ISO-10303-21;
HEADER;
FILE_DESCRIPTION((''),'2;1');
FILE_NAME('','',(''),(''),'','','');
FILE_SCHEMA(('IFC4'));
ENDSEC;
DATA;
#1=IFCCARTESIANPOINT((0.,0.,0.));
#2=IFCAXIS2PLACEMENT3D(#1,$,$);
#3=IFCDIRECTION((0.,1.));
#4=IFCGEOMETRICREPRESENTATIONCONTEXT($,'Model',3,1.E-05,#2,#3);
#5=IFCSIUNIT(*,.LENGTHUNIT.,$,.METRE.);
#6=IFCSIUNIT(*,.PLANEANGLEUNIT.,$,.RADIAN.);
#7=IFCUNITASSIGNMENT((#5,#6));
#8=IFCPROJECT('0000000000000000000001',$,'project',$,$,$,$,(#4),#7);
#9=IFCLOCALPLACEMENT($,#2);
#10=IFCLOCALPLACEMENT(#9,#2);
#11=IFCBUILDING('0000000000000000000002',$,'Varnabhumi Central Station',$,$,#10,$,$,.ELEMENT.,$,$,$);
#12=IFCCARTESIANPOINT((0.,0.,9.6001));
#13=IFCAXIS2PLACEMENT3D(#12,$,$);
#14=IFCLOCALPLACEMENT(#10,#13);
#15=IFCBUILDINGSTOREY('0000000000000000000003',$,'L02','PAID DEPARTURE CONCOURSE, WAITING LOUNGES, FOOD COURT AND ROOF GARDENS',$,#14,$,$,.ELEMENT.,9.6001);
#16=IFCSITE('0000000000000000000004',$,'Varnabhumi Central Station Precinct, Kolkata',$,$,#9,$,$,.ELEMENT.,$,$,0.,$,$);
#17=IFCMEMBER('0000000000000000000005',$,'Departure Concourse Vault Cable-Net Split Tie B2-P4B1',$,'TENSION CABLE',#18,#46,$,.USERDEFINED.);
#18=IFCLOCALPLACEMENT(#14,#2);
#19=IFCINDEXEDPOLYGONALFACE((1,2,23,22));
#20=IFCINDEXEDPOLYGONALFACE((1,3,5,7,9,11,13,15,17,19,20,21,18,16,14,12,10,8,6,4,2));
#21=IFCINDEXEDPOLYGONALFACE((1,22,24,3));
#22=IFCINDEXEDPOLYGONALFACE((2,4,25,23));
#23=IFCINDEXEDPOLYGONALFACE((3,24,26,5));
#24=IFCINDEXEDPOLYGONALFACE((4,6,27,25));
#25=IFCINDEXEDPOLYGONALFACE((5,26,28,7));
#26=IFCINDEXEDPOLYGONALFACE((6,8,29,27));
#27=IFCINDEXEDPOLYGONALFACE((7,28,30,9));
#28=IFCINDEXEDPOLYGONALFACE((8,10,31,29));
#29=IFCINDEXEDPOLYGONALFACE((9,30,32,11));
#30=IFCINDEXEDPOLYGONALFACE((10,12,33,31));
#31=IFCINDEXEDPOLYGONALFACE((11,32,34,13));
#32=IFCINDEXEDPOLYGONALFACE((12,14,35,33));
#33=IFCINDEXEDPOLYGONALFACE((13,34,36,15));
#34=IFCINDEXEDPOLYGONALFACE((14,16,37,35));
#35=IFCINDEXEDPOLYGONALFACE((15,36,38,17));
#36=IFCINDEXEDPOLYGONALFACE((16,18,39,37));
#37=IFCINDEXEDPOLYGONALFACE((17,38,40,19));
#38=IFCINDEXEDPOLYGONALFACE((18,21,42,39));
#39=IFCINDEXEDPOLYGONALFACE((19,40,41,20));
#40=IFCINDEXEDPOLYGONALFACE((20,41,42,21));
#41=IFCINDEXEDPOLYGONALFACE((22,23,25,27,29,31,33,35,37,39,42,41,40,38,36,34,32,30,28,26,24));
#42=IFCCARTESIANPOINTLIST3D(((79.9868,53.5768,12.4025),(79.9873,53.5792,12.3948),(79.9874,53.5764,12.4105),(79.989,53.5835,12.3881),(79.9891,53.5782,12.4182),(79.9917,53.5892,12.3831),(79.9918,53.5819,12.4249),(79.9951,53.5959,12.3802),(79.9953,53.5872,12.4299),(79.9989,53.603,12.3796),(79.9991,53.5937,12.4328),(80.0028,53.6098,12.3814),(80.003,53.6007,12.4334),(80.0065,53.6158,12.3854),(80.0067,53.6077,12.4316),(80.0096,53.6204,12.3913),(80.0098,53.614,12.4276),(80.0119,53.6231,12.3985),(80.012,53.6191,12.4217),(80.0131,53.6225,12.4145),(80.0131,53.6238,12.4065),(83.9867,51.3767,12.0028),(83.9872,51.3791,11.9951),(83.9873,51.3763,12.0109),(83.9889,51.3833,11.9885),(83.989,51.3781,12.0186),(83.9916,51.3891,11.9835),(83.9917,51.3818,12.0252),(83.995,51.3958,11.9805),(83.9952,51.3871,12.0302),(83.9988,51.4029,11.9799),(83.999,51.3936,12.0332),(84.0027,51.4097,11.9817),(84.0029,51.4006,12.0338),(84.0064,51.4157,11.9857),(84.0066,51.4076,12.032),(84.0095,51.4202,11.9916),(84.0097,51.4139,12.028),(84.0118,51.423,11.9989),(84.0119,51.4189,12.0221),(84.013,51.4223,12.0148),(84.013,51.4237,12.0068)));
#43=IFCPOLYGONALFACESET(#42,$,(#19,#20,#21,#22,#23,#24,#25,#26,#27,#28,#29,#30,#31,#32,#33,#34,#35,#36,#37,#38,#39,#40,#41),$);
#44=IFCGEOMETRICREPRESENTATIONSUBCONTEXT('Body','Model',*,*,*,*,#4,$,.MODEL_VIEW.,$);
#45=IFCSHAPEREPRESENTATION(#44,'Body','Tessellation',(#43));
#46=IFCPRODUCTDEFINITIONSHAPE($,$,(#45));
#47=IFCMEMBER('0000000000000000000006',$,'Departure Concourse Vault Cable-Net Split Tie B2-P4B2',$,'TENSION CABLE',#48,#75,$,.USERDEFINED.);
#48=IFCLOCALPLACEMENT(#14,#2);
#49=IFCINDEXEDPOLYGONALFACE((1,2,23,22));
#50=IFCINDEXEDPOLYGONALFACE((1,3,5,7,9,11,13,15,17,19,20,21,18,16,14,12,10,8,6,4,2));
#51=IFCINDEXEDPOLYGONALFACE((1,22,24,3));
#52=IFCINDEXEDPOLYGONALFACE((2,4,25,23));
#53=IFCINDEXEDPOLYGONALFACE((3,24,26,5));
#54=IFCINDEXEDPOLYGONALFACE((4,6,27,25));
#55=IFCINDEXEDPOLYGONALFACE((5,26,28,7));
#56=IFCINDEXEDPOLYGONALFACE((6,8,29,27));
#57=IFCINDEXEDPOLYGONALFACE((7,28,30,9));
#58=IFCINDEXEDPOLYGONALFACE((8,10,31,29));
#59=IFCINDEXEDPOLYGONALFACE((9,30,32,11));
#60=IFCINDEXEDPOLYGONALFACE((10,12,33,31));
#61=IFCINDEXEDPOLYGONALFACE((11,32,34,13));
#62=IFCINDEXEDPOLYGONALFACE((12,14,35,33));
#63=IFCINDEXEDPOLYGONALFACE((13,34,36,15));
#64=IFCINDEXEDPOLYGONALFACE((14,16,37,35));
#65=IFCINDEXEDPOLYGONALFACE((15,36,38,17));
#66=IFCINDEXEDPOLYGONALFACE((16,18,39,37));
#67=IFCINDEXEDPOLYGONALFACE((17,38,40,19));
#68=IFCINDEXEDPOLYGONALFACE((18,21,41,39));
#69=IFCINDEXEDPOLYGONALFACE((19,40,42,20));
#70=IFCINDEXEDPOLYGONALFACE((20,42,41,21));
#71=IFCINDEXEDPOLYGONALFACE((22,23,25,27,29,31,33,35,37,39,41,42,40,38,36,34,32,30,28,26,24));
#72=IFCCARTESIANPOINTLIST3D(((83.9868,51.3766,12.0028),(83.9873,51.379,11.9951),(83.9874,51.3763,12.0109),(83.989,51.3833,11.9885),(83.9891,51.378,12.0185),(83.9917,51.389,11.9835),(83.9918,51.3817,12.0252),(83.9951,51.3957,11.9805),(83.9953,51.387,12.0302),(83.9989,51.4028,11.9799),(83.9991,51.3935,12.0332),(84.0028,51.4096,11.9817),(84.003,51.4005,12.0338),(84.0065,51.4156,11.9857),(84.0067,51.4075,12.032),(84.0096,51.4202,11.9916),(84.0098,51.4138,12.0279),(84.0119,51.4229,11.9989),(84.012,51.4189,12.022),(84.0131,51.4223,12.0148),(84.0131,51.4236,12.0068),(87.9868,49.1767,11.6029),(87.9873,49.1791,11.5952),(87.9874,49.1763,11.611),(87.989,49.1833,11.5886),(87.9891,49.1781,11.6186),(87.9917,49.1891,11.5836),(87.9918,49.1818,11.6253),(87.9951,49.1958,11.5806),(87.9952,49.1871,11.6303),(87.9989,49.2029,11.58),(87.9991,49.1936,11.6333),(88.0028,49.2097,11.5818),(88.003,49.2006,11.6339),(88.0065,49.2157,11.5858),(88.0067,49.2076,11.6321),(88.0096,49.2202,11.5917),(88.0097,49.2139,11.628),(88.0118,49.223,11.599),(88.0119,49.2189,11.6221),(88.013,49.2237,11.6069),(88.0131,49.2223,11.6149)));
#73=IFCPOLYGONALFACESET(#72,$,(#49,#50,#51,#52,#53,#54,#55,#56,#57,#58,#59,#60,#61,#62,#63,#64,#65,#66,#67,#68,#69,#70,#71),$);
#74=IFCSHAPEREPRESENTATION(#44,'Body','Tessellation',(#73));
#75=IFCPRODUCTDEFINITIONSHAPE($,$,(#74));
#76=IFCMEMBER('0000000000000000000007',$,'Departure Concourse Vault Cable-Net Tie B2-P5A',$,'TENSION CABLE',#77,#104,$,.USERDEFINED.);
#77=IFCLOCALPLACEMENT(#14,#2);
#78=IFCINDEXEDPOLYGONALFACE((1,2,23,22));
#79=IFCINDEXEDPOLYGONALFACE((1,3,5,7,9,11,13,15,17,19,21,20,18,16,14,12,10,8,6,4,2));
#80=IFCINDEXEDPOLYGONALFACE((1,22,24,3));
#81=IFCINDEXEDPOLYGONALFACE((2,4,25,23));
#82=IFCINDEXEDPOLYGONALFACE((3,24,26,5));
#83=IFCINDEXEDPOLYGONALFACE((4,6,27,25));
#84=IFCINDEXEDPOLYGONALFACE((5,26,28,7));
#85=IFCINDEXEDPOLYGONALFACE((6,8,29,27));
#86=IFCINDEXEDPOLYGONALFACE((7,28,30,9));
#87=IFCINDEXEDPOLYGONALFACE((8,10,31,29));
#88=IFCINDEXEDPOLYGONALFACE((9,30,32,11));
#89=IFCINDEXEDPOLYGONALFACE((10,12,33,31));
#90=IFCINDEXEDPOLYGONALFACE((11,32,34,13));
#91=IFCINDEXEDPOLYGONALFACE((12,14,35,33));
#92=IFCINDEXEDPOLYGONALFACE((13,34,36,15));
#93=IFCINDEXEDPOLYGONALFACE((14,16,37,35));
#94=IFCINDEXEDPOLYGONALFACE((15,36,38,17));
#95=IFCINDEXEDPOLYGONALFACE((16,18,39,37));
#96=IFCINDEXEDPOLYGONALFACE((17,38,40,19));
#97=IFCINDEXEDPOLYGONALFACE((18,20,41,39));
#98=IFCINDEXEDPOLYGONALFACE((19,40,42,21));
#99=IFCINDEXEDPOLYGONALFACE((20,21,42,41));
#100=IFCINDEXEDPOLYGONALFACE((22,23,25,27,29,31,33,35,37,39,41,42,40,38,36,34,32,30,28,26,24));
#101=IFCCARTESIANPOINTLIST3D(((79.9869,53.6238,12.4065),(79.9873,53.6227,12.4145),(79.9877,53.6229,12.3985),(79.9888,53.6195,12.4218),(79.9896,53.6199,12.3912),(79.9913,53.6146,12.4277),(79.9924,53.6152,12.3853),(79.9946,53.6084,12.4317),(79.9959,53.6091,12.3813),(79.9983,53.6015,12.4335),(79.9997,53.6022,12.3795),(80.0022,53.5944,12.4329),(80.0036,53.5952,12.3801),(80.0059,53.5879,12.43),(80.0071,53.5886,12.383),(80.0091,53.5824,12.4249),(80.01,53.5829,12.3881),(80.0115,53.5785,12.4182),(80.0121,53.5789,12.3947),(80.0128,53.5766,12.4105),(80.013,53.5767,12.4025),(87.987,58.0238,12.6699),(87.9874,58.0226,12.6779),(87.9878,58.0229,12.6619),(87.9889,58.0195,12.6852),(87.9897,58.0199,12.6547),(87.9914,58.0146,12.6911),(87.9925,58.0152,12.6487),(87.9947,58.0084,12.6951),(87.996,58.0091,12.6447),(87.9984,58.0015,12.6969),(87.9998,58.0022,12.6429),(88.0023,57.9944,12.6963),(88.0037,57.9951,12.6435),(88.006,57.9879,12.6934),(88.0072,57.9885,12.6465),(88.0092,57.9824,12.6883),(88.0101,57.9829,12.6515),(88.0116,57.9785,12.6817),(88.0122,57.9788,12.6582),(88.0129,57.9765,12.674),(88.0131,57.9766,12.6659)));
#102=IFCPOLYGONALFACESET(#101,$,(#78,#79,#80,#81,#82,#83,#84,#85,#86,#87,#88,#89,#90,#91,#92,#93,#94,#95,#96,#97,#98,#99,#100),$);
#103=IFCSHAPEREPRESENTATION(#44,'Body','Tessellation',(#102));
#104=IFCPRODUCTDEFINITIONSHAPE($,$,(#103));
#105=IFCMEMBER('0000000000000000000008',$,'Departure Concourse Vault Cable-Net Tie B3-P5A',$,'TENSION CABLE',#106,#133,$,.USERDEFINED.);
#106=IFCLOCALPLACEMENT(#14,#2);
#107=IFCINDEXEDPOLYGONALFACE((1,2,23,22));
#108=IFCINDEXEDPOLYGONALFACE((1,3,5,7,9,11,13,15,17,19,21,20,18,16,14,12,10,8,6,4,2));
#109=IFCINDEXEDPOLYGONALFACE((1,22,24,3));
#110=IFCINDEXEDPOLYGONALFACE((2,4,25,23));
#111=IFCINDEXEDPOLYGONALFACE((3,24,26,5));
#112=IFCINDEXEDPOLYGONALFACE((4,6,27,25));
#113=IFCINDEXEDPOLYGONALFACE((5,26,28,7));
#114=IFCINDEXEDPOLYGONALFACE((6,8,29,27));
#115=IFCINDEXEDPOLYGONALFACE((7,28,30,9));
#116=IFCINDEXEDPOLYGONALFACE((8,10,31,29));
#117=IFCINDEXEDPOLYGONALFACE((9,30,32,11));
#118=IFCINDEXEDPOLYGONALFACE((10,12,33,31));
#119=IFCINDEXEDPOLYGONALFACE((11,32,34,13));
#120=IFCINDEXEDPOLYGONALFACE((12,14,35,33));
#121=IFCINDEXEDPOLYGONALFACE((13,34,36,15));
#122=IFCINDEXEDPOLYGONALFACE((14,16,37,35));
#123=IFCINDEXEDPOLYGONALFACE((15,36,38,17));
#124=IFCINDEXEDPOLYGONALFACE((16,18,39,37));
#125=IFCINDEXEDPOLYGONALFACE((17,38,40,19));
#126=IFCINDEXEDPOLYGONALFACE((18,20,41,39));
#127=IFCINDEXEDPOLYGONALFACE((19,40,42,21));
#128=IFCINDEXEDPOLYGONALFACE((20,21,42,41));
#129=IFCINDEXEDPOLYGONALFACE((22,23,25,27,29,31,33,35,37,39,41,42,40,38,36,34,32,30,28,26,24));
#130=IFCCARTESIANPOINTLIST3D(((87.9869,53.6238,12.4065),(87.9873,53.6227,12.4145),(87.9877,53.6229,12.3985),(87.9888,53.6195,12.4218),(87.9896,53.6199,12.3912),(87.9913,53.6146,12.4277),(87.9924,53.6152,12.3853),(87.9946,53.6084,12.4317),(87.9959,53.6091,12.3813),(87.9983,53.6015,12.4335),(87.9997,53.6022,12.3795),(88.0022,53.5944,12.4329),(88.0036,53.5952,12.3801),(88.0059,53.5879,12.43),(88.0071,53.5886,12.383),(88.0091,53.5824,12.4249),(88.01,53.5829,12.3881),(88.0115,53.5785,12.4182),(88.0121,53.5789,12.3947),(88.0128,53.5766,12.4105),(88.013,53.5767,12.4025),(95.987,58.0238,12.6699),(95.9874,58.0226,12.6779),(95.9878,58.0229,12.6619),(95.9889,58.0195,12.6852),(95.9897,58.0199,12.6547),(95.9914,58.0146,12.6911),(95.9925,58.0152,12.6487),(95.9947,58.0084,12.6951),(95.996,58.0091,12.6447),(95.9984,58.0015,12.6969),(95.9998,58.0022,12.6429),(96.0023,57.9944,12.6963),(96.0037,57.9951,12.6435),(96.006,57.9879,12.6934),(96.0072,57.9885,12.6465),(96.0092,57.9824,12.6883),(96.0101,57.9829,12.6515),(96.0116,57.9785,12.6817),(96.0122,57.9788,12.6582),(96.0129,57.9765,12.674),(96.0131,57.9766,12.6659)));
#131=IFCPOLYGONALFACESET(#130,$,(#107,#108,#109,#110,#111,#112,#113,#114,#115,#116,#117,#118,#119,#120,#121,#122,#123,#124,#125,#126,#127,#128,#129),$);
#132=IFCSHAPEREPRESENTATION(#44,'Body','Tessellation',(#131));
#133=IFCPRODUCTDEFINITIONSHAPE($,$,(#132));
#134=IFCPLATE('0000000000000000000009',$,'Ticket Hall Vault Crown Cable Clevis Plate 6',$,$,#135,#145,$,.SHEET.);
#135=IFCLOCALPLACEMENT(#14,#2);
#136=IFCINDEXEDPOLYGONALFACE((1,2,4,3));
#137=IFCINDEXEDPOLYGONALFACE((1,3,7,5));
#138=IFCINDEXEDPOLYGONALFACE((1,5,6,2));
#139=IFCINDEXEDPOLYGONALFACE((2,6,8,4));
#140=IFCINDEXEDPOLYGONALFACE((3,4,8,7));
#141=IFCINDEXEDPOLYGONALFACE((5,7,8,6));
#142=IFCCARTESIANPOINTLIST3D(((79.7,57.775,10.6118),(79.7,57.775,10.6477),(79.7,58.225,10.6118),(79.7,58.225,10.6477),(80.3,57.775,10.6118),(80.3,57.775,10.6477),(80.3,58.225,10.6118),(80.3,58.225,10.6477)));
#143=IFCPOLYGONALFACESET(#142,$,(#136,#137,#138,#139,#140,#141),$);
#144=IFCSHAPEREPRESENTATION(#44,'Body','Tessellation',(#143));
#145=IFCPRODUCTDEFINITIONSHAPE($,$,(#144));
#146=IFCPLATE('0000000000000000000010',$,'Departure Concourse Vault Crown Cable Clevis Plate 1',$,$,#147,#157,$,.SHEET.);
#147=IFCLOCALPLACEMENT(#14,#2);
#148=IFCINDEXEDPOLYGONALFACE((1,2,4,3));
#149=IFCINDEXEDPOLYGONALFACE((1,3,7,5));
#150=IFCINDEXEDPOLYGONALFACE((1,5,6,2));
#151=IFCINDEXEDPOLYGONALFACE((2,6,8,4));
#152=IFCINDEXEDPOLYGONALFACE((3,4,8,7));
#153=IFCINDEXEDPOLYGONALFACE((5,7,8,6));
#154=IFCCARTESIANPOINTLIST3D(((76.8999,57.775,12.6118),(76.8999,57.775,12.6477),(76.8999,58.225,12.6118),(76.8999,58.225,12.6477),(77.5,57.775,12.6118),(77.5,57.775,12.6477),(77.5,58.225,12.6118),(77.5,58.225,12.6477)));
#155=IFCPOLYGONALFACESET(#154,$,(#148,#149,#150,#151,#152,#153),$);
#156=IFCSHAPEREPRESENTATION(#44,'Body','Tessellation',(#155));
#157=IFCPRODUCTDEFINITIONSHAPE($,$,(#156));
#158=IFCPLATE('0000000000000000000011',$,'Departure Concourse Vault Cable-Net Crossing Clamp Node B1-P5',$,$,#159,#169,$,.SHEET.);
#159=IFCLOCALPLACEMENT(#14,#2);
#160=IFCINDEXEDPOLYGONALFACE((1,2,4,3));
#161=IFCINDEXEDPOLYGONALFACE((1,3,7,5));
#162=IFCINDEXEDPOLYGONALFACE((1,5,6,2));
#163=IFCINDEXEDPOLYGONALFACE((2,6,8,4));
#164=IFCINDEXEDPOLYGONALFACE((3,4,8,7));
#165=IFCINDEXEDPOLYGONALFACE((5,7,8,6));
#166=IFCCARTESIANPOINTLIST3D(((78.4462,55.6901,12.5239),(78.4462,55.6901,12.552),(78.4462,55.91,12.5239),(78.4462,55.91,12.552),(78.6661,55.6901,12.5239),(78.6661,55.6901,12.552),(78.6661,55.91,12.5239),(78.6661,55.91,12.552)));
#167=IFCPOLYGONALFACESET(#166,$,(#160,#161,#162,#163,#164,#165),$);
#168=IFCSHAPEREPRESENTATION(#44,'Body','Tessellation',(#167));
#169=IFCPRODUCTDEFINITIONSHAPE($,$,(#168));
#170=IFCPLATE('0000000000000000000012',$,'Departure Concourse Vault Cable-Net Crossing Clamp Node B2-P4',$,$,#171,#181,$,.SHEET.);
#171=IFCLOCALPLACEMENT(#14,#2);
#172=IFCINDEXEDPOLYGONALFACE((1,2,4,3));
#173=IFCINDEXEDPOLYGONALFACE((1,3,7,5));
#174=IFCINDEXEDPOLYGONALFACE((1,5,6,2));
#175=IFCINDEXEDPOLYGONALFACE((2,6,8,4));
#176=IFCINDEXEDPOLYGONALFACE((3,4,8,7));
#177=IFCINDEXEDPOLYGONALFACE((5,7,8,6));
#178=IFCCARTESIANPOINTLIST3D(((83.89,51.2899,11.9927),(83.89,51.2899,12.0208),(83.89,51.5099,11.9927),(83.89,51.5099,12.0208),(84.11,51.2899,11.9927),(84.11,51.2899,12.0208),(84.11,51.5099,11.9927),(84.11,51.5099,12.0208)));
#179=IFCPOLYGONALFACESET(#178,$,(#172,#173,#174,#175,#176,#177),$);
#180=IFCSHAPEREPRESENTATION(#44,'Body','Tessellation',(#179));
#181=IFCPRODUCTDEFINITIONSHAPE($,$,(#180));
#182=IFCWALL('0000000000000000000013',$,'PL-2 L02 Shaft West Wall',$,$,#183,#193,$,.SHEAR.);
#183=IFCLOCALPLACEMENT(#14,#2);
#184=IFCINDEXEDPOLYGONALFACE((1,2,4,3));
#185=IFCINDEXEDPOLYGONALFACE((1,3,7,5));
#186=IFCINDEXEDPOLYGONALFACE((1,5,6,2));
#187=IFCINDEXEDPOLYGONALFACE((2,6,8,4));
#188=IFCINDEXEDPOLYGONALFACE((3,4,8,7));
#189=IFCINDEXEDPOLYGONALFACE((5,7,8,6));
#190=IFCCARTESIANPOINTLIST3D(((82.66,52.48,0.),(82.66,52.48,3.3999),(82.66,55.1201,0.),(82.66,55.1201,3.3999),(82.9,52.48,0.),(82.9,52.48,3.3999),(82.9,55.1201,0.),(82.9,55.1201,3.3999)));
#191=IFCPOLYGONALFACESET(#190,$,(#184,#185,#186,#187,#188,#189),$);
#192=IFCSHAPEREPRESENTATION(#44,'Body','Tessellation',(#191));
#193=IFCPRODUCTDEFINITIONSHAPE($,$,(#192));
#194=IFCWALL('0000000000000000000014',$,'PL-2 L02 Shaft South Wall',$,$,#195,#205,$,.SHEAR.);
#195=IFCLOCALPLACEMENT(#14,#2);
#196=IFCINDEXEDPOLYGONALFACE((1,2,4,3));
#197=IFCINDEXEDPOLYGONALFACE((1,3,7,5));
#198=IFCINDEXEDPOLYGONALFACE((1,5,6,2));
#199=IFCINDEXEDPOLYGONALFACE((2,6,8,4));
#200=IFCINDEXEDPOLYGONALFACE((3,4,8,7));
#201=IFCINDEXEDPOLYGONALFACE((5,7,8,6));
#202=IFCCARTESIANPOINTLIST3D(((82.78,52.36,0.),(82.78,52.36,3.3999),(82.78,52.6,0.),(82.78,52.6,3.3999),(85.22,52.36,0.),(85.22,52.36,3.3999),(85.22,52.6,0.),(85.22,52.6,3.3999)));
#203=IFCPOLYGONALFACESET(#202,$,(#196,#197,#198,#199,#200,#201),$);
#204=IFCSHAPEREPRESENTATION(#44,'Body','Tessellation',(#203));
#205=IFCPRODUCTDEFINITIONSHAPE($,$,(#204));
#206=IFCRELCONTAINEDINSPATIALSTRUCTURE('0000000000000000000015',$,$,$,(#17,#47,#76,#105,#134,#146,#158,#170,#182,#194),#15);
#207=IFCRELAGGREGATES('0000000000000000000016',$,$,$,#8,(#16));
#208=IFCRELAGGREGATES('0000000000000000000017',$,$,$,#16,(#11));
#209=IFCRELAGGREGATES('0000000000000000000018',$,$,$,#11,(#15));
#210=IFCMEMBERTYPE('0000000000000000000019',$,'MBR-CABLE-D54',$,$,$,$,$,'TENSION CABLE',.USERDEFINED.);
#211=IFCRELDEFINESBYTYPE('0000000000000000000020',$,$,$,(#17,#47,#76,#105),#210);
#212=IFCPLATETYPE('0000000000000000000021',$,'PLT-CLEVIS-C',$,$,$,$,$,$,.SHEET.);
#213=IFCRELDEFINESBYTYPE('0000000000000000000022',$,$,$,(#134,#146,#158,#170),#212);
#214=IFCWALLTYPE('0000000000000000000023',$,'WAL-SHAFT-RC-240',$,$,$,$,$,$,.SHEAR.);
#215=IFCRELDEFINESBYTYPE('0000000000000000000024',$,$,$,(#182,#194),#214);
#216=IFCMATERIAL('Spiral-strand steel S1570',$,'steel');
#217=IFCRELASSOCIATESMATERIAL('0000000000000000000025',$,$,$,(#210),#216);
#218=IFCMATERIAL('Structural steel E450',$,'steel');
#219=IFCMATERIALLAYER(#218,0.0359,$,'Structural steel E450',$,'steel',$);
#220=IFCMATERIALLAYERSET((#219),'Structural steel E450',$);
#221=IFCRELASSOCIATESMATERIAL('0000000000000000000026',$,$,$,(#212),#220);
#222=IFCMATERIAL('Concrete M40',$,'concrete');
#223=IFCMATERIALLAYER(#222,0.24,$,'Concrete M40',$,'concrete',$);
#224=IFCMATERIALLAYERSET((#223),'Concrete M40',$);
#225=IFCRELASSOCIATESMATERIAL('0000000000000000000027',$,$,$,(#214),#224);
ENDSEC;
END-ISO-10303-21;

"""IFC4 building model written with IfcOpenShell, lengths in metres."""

from ifc_helpers import new_model, si_unit, direction, frame, frame_2d, origin, origin_2d, place, context, subcontext, project, spatial, rectangle, circle, extrude, material, layer, layer_set, material_profile, profile_set, type_object, element, save


model = new_model("IFC4")

# Units and contexts
model_context = context("Model", 3, precision=1e-05, world=origin(), true_north=direction((0.0, 1.0)))
body_context = subcontext(model_context, "Body", "Model", "MODEL_VIEW")
ifc_project = project(units=[si_unit("LENGTHUNIT", "METRE"), si_unit("PLANEANGLEUNIT", "RADIAN")], contexts=[model_context])

# Site, building, storey
site_placement = place(None, origin())
site = spatial("IfcSite", under=ifc_project, at=site_placement, Name="Varnabhumi Central Station Precinct, Kolkata", CompositionType="ELEMENT", RefElevation=0.0)
building_placement = place(site_placement, origin())
building = spatial("IfcBuilding", under=site, at=building_placement, Name="Varnabhumi Central Station", CompositionType="ELEMENT")
storey_placement = place(building_placement, frame((0.0, 0.0, 9.6001)))
storey = spatial("IfcBuildingStorey", under=building, at=storey_placement, Name="L02", Description="PAID DEPARTURE CONCOURSE, WAITING LOUNGES, FOOD COURT AND ROOF GARDENS", CompositionType="ELEMENT", Elevation=9.6001)

# Shared definitions
ifc_material_1 = material(Name="Structural steel E450", Category="steel")

# Members
ifc_material_2 = material(Name="Spiral-strand steel S1570", Category="steel")
ifc_material_profile_1 = material_profile(ifc_material_2, circle(Radius=0.0271, at=origin_2d()), Name="Spiral-strand steel S1570", Category="steel")
ifc_profile_set_1 = profile_set([ifc_material_profile_1], Name="Spiral-strand steel S1570")
member_type = type_object("IfcMemberType", Name="MBR-CABLE-D54", ElementType="TENSION CABLE", PredefinedType="USERDEFINED", material=ifc_profile_set_1)
for number, where, z_axis, x_axis, name in (
    (1, (80.0, 53.6001, 12.4065), (0.872859, -0.480115, -0.087211), (0.481952, 0.876198, 0.0), "Departure Concourse Vault Cable-Net Split Tie B2-P4B1"),
    (2, (84.0, 51.3999, 12.0068), (0.872878, -0.480072, -0.087266), (0.481911, 0.87622, 0.0), "Departure Concourse Vault Cable-Net Split Tie B2-P4B2"),
):
    element("IfcMember", number, at=place(storey_placement, frame(where, z_axis=z_axis, x_axis=x_axis)), inside=storey, type_object=member_type, Name=name, ObjectType="TENSION CABLE", PredefinedType="USERDEFINED", context=body_context, shape_type="SweptSolid", body=[
        extrude(circle(Radius=0.0271, at=origin_2d()), origin(), (0.0, 0.0, 1.0), 4.5825),
    ])
for number, where, z_axis, x_axis, name in (
    (3, (80.0, 53.6001, 12.4065), (0.875856, 0.48171, 0.028841), (-0.481911, 0.87622, 0.0), "Departure Concourse Vault Cable-Net Tie B2-P5A"),
    (4, (88.0, 53.6001, 12.4065), (0.875856, 0.48171, 0.028841), (-0.481911, 0.87622, 0.0), "Departure Concourse Vault Cable-Net Tie B3-P5A"),
):
    element("IfcMember", number, at=place(storey_placement, frame(where, z_axis=z_axis, x_axis=x_axis)), inside=storey, type_object=member_type, Name=name, ObjectType="TENSION CABLE", PredefinedType="USERDEFINED", context=body_context, shape_type="SweptSolid", body=[
        extrude(circle(Radius=0.0271, at=origin_2d()), origin(), (0.0, 0.0, 1.0), 9.134),
    ])

# Plates
ifc_layer_1 = layer(ifc_material_1, 0.0359, Name="Structural steel E450", Category="steel")
ifc_layer_set_1 = layer_set([ifc_layer_1], Name="Structural steel E450")
plate_type = type_object("IfcPlateType", Name="PLT-CLEVIS-C", PredefinedType="SHEET", material=ifc_layer_set_1)
for number, where, z_axis, x_axis, name in (
    (5, (80.0, 58.0, 10.6118), (0.0, 0.0, 1.0), (1.0, 0.0, 0.0), "Ticket Hall Vault Crown Cable Clevis Plate 6"),
    (6, (77.2, 58.0, 12.6118), (0.0, 0.0, 1.0), (1.0, 0.0, 0.0), "Departure Concourse Vault Crown Cable Clevis Plate 1"),
):
    element("IfcPlate", number, at=place(storey_placement, frame(where, z_axis=z_axis, x_axis=x_axis)), inside=storey, type_object=plate_type, Name=name, PredefinedType="SHEET", context=body_context, shape_type="SweptSolid", body=[
        extrude(rectangle(XDim=0.6001, YDim=0.45, at=origin_2d()), origin(), (0.0, 0.0, 1.0), 0.0359),
    ])
for number, where, z_axis, x_axis, name in (
    (7, (78.5562, 55.8, 12.5239), (0.0, 0.0, 1.0), (1.0, 0.0, 0.0), "Departure Concourse Vault Cable-Net Crossing Clamp Node B1-P5"),
    (8, (84.0, 51.3999, 11.9927), (0.0, 0.0, 1.0), (1.0, 0.0, 0.0), "Departure Concourse Vault Cable-Net Crossing Clamp Node B2-P4"),
):
    element("IfcPlate", number, at=place(storey_placement, frame(where, z_axis=z_axis, x_axis=x_axis)), inside=storey, type_object=plate_type, Name=name, PredefinedType="SHEET", context=body_context, shape_type="SweptSolid", body=[
        extrude(rectangle(XDim=0.22, YDim=0.22, at=origin_2d()), origin(), (0.0, 0.0, 1.0), 0.0281),
    ])

# Walls
ifc_material_3 = material(Name="Concrete M40", Category="concrete")
ifc_layer_2 = layer(ifc_material_3, 0.24, Name="Concrete M40", Category="concrete")
ifc_layer_set_2 = layer_set([ifc_layer_2], Name="Concrete M40")
wall_type = type_object("IfcWallType", Name="WAL-SHAFT-RC-240", PredefinedType="SHEAR", material=ifc_layer_set_2)
wall_1_placement = place(storey_placement, frame((82.78, 52.48, 0.0), z_axis=(0.0, 0.0, 1.0), x_axis=(0.0, 1.0, 0.0)))
element("IfcWall", 9, at=wall_1_placement, inside=storey, type_object=wall_type, Name="PL-2 L02 Shaft West Wall", PredefinedType="SHEAR", context=body_context, shape_type="SweptSolid", body=[
    extrude(rectangle(XDim=2.6401, YDim=0.24, at=frame_2d((1.3201, 0.0))), origin(), (0.0, 0.0, 1.0), 3.3999),
])
for number, where, z_axis, x_axis, name in (
    (10, (82.78, 52.48, 0.0), (0.0, 0.0, 1.0), (1.0, 0.0, 0.0), "PL-2 L02 Shaft South Wall"),
):
    element("IfcWall", number, at=place(storey_placement, frame(where, z_axis=z_axis, x_axis=x_axis)), inside=storey, type_object=wall_type, Name=name, PredefinedType="SHEAR", context=body_context, shape_type="SweptSolid", body=[
        extrude(rectangle(XDim=2.4399, YDim=0.24, at=frame_2d((1.22, 0.0))), origin(), (0.0, 0.0, 1.0), 3.3999),
    ])

save(model, "model.ifc")
